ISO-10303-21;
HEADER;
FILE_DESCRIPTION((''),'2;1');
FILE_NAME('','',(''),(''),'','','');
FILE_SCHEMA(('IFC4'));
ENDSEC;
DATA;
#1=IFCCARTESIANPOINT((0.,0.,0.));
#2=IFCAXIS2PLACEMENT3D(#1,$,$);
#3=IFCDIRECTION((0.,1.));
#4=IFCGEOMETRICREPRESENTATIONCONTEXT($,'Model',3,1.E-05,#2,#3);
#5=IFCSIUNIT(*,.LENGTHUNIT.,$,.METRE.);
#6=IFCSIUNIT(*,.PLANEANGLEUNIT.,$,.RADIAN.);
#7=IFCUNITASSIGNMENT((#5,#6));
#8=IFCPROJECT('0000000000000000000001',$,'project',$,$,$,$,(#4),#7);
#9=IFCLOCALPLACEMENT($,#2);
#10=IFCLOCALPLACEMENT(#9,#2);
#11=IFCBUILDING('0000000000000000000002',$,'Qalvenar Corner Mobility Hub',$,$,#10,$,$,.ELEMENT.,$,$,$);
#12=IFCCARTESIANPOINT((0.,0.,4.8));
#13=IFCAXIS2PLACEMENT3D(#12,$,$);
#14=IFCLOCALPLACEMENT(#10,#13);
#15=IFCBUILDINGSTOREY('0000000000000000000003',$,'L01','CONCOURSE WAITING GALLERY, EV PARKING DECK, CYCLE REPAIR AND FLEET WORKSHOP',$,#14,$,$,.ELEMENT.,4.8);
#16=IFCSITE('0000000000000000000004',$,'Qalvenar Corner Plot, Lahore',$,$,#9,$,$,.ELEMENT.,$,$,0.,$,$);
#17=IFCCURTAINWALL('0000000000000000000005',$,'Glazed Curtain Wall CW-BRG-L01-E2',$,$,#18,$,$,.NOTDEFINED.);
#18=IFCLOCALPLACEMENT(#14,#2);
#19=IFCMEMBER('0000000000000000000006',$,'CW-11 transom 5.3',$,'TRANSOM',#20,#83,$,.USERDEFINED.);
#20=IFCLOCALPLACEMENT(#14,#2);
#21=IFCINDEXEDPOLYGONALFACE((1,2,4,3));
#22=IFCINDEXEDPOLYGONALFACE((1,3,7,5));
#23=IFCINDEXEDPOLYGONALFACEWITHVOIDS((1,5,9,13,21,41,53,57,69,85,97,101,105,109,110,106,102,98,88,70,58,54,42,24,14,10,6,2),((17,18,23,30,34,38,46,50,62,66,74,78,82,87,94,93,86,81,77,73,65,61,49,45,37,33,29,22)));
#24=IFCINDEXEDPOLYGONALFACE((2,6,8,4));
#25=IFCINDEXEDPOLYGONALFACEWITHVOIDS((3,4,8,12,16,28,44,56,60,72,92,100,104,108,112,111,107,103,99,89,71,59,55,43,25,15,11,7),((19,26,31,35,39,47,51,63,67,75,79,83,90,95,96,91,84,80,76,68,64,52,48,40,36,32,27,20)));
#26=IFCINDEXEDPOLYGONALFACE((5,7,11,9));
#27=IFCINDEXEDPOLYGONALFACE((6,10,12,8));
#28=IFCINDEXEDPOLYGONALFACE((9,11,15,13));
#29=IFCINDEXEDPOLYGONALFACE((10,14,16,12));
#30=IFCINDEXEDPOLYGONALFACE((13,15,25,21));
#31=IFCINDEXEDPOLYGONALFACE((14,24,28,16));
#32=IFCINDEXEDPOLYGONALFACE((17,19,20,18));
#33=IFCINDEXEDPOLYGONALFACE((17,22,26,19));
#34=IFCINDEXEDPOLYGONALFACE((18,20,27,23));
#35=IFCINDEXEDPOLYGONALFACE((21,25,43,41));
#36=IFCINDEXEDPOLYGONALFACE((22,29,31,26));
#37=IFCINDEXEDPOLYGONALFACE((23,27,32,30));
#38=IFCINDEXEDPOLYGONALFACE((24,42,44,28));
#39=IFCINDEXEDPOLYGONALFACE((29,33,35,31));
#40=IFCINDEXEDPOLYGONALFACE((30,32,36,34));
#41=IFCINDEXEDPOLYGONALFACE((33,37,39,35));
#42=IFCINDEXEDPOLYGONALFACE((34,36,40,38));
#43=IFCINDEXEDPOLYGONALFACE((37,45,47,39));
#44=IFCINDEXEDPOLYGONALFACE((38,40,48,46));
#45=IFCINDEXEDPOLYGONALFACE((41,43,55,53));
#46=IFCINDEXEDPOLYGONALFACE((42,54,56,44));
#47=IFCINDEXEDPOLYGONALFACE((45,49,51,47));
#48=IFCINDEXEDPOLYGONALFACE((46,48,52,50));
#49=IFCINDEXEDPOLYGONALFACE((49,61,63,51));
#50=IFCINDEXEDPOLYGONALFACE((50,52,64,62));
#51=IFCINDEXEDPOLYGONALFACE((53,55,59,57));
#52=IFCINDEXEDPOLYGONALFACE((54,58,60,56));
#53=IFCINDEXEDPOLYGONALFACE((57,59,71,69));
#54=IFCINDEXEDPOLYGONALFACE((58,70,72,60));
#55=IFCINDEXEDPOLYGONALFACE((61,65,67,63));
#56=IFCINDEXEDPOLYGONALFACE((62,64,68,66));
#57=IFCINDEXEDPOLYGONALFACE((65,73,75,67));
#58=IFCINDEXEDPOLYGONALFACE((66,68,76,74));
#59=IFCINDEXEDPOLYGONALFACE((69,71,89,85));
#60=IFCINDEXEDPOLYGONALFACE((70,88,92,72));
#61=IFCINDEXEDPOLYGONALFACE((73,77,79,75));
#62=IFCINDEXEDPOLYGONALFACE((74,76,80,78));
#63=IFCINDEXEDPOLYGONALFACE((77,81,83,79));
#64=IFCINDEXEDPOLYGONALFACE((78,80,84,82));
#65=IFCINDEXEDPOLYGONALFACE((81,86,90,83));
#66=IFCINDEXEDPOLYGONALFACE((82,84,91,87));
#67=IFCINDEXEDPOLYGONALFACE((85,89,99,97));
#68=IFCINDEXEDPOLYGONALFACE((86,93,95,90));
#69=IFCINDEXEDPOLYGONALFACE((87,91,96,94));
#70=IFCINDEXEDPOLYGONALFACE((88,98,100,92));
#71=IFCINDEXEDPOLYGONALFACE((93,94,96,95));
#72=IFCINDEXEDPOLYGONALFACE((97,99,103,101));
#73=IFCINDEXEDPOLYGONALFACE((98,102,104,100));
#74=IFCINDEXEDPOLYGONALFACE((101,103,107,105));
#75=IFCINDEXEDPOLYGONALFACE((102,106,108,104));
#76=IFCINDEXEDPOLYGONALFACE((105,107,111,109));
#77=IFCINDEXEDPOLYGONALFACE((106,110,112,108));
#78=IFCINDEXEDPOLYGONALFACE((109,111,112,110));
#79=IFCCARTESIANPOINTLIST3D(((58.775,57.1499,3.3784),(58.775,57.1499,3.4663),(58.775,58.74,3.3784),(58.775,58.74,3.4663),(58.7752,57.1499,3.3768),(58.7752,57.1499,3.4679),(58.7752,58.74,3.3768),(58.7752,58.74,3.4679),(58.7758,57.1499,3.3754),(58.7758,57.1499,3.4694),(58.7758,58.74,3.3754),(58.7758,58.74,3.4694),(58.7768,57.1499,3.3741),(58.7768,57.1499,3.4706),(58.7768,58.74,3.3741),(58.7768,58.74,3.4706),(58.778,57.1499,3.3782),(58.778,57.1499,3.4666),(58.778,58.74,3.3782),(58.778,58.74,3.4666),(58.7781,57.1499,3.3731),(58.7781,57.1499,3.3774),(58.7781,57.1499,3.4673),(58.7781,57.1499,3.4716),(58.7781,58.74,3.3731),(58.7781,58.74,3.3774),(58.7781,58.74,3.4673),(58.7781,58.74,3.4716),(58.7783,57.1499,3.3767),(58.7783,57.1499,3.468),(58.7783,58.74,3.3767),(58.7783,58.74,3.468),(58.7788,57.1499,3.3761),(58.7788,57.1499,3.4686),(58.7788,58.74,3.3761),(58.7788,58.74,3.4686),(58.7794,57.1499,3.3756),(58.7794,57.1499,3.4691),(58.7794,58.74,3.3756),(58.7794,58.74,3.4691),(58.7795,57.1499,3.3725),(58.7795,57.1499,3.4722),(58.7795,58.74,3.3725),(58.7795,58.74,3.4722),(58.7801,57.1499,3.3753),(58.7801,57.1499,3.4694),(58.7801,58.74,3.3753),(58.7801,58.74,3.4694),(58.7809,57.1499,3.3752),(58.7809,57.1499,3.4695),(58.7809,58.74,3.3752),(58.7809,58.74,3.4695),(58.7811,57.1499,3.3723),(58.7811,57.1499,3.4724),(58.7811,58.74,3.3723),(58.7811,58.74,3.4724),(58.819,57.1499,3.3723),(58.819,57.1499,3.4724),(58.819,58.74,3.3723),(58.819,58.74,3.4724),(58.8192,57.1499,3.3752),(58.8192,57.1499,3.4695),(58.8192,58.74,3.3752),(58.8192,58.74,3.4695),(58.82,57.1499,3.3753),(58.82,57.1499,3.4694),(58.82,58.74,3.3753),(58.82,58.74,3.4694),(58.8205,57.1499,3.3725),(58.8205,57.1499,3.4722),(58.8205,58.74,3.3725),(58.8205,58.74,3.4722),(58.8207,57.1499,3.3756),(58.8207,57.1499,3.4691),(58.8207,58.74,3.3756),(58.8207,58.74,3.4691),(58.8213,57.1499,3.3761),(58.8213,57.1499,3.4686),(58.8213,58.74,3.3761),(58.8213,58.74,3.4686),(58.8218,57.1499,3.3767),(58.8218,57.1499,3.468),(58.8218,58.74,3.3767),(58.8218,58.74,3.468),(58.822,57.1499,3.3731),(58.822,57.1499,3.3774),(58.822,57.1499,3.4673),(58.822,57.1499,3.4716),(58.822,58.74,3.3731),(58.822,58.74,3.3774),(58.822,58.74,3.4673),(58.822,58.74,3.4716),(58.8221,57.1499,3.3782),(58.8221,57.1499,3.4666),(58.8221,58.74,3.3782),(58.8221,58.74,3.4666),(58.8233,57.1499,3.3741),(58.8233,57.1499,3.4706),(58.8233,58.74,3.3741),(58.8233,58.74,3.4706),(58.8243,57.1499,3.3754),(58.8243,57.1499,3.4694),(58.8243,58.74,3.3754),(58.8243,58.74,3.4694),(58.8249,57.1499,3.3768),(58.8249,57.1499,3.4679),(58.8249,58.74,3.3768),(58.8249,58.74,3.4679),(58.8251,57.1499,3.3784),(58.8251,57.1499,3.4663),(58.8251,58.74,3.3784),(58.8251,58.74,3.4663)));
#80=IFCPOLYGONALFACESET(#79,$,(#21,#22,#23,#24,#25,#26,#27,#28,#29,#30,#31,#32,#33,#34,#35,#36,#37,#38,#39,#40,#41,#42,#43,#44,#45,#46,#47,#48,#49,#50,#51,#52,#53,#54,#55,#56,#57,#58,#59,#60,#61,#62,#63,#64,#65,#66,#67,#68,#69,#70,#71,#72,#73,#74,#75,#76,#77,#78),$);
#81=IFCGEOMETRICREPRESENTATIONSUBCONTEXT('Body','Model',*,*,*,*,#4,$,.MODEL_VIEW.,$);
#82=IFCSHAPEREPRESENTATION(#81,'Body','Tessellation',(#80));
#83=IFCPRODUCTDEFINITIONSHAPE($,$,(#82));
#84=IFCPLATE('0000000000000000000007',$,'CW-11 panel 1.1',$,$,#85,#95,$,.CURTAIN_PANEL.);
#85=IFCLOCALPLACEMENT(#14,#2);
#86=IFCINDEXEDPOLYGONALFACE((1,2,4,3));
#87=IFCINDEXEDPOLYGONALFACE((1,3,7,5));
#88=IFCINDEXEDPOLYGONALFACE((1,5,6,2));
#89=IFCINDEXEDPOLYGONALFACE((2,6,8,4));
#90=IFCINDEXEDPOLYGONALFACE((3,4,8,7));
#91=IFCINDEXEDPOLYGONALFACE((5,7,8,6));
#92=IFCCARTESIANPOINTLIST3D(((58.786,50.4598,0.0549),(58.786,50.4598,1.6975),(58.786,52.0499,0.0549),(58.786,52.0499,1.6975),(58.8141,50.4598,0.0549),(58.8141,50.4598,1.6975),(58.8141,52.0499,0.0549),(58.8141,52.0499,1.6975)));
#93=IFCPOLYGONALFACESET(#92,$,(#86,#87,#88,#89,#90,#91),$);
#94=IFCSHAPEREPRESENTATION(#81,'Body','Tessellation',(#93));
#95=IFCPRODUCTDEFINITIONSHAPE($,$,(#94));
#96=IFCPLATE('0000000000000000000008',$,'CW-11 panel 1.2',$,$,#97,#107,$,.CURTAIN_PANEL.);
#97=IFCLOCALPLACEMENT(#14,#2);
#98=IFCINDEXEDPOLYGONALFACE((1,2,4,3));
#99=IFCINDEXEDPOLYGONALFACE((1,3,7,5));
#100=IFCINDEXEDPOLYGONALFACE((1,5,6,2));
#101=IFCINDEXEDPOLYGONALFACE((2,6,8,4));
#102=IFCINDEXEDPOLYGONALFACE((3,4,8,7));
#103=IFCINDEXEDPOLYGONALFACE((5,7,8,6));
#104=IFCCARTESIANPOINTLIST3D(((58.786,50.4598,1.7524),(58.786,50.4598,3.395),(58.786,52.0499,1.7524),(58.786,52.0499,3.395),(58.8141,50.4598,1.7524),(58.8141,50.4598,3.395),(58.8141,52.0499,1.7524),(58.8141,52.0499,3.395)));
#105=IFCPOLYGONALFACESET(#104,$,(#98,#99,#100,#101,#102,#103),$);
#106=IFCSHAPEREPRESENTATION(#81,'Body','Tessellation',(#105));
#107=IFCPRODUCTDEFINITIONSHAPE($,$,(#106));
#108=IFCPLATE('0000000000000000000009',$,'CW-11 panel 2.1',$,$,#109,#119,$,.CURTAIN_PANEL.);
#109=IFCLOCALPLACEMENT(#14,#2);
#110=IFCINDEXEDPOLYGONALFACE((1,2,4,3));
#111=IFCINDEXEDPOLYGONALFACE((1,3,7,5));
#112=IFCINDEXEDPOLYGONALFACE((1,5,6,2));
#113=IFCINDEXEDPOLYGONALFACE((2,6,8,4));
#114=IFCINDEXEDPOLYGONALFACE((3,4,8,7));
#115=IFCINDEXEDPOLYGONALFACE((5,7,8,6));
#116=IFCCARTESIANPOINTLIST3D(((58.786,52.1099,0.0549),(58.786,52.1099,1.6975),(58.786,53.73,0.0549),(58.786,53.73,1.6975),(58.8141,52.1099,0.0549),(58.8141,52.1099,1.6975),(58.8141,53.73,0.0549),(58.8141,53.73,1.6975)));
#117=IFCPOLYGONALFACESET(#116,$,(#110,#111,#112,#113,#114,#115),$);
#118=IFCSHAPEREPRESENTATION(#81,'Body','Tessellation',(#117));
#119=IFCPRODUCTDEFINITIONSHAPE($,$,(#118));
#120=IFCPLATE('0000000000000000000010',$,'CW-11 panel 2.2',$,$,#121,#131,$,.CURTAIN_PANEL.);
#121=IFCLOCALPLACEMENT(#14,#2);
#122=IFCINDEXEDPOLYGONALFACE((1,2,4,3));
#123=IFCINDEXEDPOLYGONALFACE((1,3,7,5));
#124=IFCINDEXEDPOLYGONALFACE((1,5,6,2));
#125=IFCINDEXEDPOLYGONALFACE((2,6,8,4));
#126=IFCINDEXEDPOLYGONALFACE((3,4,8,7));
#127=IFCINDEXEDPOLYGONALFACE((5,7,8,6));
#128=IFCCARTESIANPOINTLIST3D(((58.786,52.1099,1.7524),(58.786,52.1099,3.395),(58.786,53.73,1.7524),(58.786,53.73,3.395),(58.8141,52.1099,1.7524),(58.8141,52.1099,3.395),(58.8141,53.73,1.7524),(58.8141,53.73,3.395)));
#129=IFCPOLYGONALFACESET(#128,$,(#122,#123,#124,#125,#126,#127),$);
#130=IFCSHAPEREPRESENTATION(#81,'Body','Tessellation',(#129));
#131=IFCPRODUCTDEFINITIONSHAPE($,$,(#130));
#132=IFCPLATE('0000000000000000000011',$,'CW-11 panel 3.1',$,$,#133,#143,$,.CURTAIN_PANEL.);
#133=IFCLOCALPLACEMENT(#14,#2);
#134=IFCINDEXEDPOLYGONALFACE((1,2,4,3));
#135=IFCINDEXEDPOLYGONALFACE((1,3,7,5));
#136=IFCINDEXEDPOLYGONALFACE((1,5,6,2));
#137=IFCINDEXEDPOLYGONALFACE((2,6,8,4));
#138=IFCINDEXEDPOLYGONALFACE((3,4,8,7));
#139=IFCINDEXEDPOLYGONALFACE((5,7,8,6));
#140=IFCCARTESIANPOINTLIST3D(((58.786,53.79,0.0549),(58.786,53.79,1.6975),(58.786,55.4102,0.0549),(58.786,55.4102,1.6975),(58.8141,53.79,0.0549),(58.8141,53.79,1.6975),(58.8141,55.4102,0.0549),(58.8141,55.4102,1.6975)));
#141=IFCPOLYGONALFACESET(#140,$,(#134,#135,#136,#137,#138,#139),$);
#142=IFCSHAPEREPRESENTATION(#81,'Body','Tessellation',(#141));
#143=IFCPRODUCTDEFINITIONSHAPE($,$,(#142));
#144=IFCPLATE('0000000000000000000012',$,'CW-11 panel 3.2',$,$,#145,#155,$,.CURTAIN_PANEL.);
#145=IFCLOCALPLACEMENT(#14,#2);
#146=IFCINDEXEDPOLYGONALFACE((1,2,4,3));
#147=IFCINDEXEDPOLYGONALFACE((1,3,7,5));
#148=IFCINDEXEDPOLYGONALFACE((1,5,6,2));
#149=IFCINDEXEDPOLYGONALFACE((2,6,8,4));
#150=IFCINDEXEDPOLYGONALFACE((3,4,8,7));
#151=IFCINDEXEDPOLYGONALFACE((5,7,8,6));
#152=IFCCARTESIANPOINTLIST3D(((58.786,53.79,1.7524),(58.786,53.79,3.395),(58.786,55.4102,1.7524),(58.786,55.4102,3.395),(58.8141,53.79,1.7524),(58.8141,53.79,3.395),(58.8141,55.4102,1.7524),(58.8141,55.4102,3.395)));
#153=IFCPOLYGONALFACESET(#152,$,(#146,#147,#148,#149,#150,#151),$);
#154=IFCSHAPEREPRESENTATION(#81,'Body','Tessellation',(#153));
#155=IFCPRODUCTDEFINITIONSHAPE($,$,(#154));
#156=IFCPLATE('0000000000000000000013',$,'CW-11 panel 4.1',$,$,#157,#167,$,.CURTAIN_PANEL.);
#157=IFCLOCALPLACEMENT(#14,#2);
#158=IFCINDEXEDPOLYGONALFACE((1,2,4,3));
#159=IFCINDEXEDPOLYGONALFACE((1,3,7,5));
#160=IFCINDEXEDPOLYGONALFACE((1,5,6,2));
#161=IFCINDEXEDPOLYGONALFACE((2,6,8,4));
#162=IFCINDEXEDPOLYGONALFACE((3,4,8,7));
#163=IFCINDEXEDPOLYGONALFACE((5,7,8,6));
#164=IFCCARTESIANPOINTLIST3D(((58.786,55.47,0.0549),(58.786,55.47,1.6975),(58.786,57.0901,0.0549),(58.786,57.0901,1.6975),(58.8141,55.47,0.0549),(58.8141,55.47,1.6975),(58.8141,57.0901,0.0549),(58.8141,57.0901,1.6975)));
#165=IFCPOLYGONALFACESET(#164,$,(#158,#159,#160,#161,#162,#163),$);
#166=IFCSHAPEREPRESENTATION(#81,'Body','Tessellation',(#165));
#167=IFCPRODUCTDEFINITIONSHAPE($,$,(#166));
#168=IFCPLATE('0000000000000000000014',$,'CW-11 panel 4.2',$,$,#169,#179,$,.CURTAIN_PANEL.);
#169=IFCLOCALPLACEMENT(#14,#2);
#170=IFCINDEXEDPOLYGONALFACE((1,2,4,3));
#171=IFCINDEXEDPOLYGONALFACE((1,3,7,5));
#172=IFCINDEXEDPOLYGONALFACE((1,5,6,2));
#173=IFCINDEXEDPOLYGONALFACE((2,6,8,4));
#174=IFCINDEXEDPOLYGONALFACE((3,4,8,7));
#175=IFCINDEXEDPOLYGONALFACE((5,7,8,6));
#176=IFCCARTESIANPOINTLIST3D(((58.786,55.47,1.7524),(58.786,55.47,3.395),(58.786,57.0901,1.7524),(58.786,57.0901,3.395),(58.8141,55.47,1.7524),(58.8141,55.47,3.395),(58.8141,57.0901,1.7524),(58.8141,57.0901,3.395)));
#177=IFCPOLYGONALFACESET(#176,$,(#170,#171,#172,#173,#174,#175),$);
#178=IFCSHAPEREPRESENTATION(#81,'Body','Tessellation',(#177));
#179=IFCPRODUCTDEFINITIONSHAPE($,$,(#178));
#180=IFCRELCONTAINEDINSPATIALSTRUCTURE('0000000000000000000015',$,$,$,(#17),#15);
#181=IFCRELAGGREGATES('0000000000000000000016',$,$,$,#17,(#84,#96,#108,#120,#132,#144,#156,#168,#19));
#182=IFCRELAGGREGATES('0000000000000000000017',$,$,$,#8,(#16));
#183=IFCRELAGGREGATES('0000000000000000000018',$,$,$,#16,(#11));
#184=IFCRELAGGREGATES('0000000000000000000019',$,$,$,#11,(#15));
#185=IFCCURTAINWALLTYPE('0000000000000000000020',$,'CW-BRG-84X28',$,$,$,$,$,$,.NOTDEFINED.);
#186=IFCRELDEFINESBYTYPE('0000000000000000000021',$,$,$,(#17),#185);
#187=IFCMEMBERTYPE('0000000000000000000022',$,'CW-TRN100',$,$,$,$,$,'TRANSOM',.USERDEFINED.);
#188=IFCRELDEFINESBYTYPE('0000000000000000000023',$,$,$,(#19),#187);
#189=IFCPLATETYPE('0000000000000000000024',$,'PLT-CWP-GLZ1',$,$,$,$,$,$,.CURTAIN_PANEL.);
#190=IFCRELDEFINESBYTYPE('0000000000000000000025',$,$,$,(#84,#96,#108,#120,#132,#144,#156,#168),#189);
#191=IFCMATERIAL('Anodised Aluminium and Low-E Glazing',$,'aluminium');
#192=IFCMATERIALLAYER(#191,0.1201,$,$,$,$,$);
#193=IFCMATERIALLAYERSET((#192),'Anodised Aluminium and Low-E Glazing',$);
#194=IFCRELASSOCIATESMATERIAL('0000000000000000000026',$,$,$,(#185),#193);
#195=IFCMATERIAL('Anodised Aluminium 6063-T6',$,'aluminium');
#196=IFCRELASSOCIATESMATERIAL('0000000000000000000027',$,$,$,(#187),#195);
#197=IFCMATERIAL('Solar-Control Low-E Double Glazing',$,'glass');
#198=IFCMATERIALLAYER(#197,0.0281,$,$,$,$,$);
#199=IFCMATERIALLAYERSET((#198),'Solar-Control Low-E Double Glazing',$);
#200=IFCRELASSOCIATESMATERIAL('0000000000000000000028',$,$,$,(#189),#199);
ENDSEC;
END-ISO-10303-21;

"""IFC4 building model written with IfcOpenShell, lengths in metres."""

from ifc_helpers import new_model, si_unit, direction, frame, origin, origin_2d, place, context, subcontext, project, spatial, rectangle, hollow_rectangle, extrude, material, layer, layer_set, material_profile, profile_set, type_object, element, aggregate, save


model = new_model("IFC4")

# Units and contexts
model_context = context("Model", 3, precision=1e-05, world=origin(), true_north=direction((0.0, 1.0)))
body_context = subcontext(model_context, "Body", "Model", "MODEL_VIEW")
ifc_project = project(units=[si_unit("LENGTHUNIT", "METRE"), si_unit("PLANEANGLEUNIT", "RADIAN")], contexts=[model_context])

# Site, building, storey
site_placement = place(None, origin())
site = spatial("IfcSite", under=ifc_project, at=site_placement, Name="Qalvenar Corner Plot, Lahore", CompositionType="ELEMENT", RefElevation=0.0)
building_placement = place(site_placement, origin())
building = spatial("IfcBuilding", under=site, at=building_placement, Name="Qalvenar Corner Mobility Hub", CompositionType="ELEMENT")
storey_placement = place(building_placement, frame((0.0, 0.0, 4.8)))
storey = spatial("IfcBuildingStorey", under=building, at=storey_placement, Name="L01", Description="CONCOURSE WAITING GALLERY, EV PARKING DECK, CYCLE REPAIR AND FLEET WORKSHOP", CompositionType="ELEMENT", Elevation=4.8)

# Curtain wall, member, plates
ifc_material_1 = material(Name="Anodised Aluminium and Low-E Glazing", Category="aluminium")
ifc_layer_1 = layer(ifc_material_1, 0.1201)
ifc_layer_set_1 = layer_set([ifc_layer_1], Name="Anodised Aluminium and Low-E Glazing")
curtain_wall_type = type_object("IfcCurtainWallType", Name="CW-BRG-84X28", PredefinedType="NOTDEFINED", material=ifc_layer_set_1)
curtain_wall_placement = place(storey_placement, origin())
curtain_wall = element("IfcCurtainWall", 1, at=curtain_wall_placement, inside=storey, type_object=curtain_wall_type, Name="Glazed Curtain Wall CW-BRG-L01-E2", PredefinedType="NOTDEFINED")
ifc_material_2 = material(Name="Anodised Aluminium 6063-T6", Category="aluminium")
ifc_material_profile_1 = material_profile(ifc_material_2, hollow_rectangle(XDim=0.05, YDim=0.1001, WallThickness=0.0029, InnerFilletRadius=0.0029, OuterFilletRadius=0.0061, at=origin_2d()), Name="RHS100x50x3")
ifc_profile_set_1 = profile_set([ifc_material_profile_1], Name="Anodised Aluminium 6063-T6")
member_type_1 = type_object("IfcMemberType", Name="CW-TRN100", ElementType="TRANSOM", PredefinedType="USERDEFINED", material=ifc_profile_set_1)
member_1_placement = place(storey_placement, frame((58.8, 57.1499, 3.4224), z_axis=(0.0, 1.0, 0.0), x_axis=(-1.0, 0.0, 0.0)))
member_1 = element("IfcMember", 2, at=member_1_placement, type_object=member_type_1, Name="CW-11 transom 5.3", ObjectType="TRANSOM", PredefinedType="USERDEFINED", context=body_context, shape_type="SweptSolid", body=[
    extrude(hollow_rectangle(XDim=0.05, YDim=0.1001, WallThickness=0.0029, InnerFilletRadius=0.0029, OuterFilletRadius=0.0061, at=origin_2d()), origin(), (0.0, 0.0, 1.0), 1.5901),
])
ifc_material_3 = material(Name="Solar-Control Low-E Double Glazing", Category="glass")
ifc_layer_2 = layer(ifc_material_3, 0.0281)
ifc_layer_set_2 = layer_set([ifc_layer_2], Name="Solar-Control Low-E Double Glazing")
plate_type = type_object("IfcPlateType", Name="PLT-CWP-GLZ1", PredefinedType="CURTAIN_PANEL", material=ifc_layer_set_2)
plate_1_placement = place(storey_placement, frame((58.8, 51.2549, 0.0549), z_axis=(0.0, 0.0, 1.0), x_axis=(0.0, 1.0, 0.0)))
plate_1 = element("IfcPlate", 3, at=plate_1_placement, type_object=plate_type, Name="CW-11 panel 1.1", PredefinedType="CURTAIN_PANEL", context=body_context, shape_type="SweptSolid", body=[
    extrude(rectangle(XDim=1.5901, YDim=0.0281, at=origin_2d()), origin(), (0.0, 0.0, 1.0), 1.6426),
])
plate_2_placement = place(storey_placement, frame((58.8, 51.2549, 1.7524), z_axis=(0.0, 0.0, 1.0), x_axis=(0.0, 1.0, 0.0)))
plate_2 = element("IfcPlate", 4, at=plate_2_placement, type_object=plate_type, Name="CW-11 panel 1.2", PredefinedType="CURTAIN_PANEL", context=body_context, shape_type="SweptSolid", body=[
    extrude(rectangle(XDim=1.5901, YDim=0.0281, at=origin_2d()), origin(), (0.0, 0.0, 1.0), 1.6426),
])
plate_3_placement = place(storey_placement, frame((58.8, 52.9199, 0.0549), z_axis=(0.0, 0.0, 1.0), x_axis=(0.0, 1.0, 0.0)))
plate_3 = element("IfcPlate", 5, at=plate_3_placement, type_object=plate_type, Name="CW-11 panel 2.1", PredefinedType="CURTAIN_PANEL", context=body_context, shape_type="SweptSolid", body=[
    extrude(rectangle(XDim=1.6201, YDim=0.0281, at=origin_2d()), origin(), (0.0, 0.0, 1.0), 1.6426),
])
plate_4_placement = place(storey_placement, frame((58.8, 52.9199, 1.7524), z_axis=(0.0, 0.0, 1.0), x_axis=(0.0, 1.0, 0.0)))
plate_4 = element("IfcPlate", 6, at=plate_4_placement, type_object=plate_type, Name="CW-11 panel 2.2", PredefinedType="CURTAIN_PANEL", context=body_context, shape_type="SweptSolid", body=[
    extrude(rectangle(XDim=1.6201, YDim=0.0281, at=origin_2d()), origin(), (0.0, 0.0, 1.0), 1.6426),
])
plate_5_placement = place(storey_placement, frame((58.8, 54.6001, 0.0549), z_axis=(0.0, 0.0, 1.0), x_axis=(0.0, 1.0, 0.0)))
plate_5 = element("IfcPlate", 7, at=plate_5_placement, type_object=plate_type, Name="CW-11 panel 3.1", PredefinedType="CURTAIN_PANEL", context=body_context, shape_type="SweptSolid", body=[
    extrude(rectangle(XDim=1.6201, YDim=0.0281, at=origin_2d()), origin(), (0.0, 0.0, 1.0), 1.6426),
])
plate_6_placement = place(storey_placement, frame((58.8, 54.6001, 1.7524), z_axis=(0.0, 0.0, 1.0), x_axis=(0.0, 1.0, 0.0)))
plate_6 = element("IfcPlate", 8, at=plate_6_placement, type_object=plate_type, Name="CW-11 panel 3.2", PredefinedType="CURTAIN_PANEL", context=body_context, shape_type="SweptSolid", body=[
    extrude(rectangle(XDim=1.6201, YDim=0.0281, at=origin_2d()), origin(), (0.0, 0.0, 1.0), 1.6426),
])
plate_7_placement = place(storey_placement, frame((58.8, 56.28, 0.0549), z_axis=(0.0, 0.0, 1.0), x_axis=(0.0, 1.0, 0.0)))
plate_7 = element("IfcPlate", 9, at=plate_7_placement, type_object=plate_type, Name="CW-11 panel 4.1", PredefinedType="CURTAIN_PANEL", context=body_context, shape_type="SweptSolid", body=[
    extrude(rectangle(XDim=1.6201, YDim=0.0281, at=origin_2d()), origin(), (0.0, 0.0, 1.0), 1.6426),
])
plate_8_placement = place(storey_placement, frame((58.8, 56.28, 1.7524), z_axis=(0.0, 0.0, 1.0), x_axis=(0.0, 1.0, 0.0)))
plate_8 = element("IfcPlate", 10, at=plate_8_placement, type_object=plate_type, Name="CW-11 panel 4.2", PredefinedType="CURTAIN_PANEL", context=body_context, shape_type="SweptSolid", body=[
    extrude(rectangle(XDim=1.6201, YDim=0.0281, at=origin_2d()), origin(), (0.0, 0.0, 1.0), 1.6426),
])
aggregate(curtain_wall, [plate_1, plate_2, plate_3, plate_4, plate_5, plate_6, plate_7, plate_8, member_1])

save(model, "model.ifc")
